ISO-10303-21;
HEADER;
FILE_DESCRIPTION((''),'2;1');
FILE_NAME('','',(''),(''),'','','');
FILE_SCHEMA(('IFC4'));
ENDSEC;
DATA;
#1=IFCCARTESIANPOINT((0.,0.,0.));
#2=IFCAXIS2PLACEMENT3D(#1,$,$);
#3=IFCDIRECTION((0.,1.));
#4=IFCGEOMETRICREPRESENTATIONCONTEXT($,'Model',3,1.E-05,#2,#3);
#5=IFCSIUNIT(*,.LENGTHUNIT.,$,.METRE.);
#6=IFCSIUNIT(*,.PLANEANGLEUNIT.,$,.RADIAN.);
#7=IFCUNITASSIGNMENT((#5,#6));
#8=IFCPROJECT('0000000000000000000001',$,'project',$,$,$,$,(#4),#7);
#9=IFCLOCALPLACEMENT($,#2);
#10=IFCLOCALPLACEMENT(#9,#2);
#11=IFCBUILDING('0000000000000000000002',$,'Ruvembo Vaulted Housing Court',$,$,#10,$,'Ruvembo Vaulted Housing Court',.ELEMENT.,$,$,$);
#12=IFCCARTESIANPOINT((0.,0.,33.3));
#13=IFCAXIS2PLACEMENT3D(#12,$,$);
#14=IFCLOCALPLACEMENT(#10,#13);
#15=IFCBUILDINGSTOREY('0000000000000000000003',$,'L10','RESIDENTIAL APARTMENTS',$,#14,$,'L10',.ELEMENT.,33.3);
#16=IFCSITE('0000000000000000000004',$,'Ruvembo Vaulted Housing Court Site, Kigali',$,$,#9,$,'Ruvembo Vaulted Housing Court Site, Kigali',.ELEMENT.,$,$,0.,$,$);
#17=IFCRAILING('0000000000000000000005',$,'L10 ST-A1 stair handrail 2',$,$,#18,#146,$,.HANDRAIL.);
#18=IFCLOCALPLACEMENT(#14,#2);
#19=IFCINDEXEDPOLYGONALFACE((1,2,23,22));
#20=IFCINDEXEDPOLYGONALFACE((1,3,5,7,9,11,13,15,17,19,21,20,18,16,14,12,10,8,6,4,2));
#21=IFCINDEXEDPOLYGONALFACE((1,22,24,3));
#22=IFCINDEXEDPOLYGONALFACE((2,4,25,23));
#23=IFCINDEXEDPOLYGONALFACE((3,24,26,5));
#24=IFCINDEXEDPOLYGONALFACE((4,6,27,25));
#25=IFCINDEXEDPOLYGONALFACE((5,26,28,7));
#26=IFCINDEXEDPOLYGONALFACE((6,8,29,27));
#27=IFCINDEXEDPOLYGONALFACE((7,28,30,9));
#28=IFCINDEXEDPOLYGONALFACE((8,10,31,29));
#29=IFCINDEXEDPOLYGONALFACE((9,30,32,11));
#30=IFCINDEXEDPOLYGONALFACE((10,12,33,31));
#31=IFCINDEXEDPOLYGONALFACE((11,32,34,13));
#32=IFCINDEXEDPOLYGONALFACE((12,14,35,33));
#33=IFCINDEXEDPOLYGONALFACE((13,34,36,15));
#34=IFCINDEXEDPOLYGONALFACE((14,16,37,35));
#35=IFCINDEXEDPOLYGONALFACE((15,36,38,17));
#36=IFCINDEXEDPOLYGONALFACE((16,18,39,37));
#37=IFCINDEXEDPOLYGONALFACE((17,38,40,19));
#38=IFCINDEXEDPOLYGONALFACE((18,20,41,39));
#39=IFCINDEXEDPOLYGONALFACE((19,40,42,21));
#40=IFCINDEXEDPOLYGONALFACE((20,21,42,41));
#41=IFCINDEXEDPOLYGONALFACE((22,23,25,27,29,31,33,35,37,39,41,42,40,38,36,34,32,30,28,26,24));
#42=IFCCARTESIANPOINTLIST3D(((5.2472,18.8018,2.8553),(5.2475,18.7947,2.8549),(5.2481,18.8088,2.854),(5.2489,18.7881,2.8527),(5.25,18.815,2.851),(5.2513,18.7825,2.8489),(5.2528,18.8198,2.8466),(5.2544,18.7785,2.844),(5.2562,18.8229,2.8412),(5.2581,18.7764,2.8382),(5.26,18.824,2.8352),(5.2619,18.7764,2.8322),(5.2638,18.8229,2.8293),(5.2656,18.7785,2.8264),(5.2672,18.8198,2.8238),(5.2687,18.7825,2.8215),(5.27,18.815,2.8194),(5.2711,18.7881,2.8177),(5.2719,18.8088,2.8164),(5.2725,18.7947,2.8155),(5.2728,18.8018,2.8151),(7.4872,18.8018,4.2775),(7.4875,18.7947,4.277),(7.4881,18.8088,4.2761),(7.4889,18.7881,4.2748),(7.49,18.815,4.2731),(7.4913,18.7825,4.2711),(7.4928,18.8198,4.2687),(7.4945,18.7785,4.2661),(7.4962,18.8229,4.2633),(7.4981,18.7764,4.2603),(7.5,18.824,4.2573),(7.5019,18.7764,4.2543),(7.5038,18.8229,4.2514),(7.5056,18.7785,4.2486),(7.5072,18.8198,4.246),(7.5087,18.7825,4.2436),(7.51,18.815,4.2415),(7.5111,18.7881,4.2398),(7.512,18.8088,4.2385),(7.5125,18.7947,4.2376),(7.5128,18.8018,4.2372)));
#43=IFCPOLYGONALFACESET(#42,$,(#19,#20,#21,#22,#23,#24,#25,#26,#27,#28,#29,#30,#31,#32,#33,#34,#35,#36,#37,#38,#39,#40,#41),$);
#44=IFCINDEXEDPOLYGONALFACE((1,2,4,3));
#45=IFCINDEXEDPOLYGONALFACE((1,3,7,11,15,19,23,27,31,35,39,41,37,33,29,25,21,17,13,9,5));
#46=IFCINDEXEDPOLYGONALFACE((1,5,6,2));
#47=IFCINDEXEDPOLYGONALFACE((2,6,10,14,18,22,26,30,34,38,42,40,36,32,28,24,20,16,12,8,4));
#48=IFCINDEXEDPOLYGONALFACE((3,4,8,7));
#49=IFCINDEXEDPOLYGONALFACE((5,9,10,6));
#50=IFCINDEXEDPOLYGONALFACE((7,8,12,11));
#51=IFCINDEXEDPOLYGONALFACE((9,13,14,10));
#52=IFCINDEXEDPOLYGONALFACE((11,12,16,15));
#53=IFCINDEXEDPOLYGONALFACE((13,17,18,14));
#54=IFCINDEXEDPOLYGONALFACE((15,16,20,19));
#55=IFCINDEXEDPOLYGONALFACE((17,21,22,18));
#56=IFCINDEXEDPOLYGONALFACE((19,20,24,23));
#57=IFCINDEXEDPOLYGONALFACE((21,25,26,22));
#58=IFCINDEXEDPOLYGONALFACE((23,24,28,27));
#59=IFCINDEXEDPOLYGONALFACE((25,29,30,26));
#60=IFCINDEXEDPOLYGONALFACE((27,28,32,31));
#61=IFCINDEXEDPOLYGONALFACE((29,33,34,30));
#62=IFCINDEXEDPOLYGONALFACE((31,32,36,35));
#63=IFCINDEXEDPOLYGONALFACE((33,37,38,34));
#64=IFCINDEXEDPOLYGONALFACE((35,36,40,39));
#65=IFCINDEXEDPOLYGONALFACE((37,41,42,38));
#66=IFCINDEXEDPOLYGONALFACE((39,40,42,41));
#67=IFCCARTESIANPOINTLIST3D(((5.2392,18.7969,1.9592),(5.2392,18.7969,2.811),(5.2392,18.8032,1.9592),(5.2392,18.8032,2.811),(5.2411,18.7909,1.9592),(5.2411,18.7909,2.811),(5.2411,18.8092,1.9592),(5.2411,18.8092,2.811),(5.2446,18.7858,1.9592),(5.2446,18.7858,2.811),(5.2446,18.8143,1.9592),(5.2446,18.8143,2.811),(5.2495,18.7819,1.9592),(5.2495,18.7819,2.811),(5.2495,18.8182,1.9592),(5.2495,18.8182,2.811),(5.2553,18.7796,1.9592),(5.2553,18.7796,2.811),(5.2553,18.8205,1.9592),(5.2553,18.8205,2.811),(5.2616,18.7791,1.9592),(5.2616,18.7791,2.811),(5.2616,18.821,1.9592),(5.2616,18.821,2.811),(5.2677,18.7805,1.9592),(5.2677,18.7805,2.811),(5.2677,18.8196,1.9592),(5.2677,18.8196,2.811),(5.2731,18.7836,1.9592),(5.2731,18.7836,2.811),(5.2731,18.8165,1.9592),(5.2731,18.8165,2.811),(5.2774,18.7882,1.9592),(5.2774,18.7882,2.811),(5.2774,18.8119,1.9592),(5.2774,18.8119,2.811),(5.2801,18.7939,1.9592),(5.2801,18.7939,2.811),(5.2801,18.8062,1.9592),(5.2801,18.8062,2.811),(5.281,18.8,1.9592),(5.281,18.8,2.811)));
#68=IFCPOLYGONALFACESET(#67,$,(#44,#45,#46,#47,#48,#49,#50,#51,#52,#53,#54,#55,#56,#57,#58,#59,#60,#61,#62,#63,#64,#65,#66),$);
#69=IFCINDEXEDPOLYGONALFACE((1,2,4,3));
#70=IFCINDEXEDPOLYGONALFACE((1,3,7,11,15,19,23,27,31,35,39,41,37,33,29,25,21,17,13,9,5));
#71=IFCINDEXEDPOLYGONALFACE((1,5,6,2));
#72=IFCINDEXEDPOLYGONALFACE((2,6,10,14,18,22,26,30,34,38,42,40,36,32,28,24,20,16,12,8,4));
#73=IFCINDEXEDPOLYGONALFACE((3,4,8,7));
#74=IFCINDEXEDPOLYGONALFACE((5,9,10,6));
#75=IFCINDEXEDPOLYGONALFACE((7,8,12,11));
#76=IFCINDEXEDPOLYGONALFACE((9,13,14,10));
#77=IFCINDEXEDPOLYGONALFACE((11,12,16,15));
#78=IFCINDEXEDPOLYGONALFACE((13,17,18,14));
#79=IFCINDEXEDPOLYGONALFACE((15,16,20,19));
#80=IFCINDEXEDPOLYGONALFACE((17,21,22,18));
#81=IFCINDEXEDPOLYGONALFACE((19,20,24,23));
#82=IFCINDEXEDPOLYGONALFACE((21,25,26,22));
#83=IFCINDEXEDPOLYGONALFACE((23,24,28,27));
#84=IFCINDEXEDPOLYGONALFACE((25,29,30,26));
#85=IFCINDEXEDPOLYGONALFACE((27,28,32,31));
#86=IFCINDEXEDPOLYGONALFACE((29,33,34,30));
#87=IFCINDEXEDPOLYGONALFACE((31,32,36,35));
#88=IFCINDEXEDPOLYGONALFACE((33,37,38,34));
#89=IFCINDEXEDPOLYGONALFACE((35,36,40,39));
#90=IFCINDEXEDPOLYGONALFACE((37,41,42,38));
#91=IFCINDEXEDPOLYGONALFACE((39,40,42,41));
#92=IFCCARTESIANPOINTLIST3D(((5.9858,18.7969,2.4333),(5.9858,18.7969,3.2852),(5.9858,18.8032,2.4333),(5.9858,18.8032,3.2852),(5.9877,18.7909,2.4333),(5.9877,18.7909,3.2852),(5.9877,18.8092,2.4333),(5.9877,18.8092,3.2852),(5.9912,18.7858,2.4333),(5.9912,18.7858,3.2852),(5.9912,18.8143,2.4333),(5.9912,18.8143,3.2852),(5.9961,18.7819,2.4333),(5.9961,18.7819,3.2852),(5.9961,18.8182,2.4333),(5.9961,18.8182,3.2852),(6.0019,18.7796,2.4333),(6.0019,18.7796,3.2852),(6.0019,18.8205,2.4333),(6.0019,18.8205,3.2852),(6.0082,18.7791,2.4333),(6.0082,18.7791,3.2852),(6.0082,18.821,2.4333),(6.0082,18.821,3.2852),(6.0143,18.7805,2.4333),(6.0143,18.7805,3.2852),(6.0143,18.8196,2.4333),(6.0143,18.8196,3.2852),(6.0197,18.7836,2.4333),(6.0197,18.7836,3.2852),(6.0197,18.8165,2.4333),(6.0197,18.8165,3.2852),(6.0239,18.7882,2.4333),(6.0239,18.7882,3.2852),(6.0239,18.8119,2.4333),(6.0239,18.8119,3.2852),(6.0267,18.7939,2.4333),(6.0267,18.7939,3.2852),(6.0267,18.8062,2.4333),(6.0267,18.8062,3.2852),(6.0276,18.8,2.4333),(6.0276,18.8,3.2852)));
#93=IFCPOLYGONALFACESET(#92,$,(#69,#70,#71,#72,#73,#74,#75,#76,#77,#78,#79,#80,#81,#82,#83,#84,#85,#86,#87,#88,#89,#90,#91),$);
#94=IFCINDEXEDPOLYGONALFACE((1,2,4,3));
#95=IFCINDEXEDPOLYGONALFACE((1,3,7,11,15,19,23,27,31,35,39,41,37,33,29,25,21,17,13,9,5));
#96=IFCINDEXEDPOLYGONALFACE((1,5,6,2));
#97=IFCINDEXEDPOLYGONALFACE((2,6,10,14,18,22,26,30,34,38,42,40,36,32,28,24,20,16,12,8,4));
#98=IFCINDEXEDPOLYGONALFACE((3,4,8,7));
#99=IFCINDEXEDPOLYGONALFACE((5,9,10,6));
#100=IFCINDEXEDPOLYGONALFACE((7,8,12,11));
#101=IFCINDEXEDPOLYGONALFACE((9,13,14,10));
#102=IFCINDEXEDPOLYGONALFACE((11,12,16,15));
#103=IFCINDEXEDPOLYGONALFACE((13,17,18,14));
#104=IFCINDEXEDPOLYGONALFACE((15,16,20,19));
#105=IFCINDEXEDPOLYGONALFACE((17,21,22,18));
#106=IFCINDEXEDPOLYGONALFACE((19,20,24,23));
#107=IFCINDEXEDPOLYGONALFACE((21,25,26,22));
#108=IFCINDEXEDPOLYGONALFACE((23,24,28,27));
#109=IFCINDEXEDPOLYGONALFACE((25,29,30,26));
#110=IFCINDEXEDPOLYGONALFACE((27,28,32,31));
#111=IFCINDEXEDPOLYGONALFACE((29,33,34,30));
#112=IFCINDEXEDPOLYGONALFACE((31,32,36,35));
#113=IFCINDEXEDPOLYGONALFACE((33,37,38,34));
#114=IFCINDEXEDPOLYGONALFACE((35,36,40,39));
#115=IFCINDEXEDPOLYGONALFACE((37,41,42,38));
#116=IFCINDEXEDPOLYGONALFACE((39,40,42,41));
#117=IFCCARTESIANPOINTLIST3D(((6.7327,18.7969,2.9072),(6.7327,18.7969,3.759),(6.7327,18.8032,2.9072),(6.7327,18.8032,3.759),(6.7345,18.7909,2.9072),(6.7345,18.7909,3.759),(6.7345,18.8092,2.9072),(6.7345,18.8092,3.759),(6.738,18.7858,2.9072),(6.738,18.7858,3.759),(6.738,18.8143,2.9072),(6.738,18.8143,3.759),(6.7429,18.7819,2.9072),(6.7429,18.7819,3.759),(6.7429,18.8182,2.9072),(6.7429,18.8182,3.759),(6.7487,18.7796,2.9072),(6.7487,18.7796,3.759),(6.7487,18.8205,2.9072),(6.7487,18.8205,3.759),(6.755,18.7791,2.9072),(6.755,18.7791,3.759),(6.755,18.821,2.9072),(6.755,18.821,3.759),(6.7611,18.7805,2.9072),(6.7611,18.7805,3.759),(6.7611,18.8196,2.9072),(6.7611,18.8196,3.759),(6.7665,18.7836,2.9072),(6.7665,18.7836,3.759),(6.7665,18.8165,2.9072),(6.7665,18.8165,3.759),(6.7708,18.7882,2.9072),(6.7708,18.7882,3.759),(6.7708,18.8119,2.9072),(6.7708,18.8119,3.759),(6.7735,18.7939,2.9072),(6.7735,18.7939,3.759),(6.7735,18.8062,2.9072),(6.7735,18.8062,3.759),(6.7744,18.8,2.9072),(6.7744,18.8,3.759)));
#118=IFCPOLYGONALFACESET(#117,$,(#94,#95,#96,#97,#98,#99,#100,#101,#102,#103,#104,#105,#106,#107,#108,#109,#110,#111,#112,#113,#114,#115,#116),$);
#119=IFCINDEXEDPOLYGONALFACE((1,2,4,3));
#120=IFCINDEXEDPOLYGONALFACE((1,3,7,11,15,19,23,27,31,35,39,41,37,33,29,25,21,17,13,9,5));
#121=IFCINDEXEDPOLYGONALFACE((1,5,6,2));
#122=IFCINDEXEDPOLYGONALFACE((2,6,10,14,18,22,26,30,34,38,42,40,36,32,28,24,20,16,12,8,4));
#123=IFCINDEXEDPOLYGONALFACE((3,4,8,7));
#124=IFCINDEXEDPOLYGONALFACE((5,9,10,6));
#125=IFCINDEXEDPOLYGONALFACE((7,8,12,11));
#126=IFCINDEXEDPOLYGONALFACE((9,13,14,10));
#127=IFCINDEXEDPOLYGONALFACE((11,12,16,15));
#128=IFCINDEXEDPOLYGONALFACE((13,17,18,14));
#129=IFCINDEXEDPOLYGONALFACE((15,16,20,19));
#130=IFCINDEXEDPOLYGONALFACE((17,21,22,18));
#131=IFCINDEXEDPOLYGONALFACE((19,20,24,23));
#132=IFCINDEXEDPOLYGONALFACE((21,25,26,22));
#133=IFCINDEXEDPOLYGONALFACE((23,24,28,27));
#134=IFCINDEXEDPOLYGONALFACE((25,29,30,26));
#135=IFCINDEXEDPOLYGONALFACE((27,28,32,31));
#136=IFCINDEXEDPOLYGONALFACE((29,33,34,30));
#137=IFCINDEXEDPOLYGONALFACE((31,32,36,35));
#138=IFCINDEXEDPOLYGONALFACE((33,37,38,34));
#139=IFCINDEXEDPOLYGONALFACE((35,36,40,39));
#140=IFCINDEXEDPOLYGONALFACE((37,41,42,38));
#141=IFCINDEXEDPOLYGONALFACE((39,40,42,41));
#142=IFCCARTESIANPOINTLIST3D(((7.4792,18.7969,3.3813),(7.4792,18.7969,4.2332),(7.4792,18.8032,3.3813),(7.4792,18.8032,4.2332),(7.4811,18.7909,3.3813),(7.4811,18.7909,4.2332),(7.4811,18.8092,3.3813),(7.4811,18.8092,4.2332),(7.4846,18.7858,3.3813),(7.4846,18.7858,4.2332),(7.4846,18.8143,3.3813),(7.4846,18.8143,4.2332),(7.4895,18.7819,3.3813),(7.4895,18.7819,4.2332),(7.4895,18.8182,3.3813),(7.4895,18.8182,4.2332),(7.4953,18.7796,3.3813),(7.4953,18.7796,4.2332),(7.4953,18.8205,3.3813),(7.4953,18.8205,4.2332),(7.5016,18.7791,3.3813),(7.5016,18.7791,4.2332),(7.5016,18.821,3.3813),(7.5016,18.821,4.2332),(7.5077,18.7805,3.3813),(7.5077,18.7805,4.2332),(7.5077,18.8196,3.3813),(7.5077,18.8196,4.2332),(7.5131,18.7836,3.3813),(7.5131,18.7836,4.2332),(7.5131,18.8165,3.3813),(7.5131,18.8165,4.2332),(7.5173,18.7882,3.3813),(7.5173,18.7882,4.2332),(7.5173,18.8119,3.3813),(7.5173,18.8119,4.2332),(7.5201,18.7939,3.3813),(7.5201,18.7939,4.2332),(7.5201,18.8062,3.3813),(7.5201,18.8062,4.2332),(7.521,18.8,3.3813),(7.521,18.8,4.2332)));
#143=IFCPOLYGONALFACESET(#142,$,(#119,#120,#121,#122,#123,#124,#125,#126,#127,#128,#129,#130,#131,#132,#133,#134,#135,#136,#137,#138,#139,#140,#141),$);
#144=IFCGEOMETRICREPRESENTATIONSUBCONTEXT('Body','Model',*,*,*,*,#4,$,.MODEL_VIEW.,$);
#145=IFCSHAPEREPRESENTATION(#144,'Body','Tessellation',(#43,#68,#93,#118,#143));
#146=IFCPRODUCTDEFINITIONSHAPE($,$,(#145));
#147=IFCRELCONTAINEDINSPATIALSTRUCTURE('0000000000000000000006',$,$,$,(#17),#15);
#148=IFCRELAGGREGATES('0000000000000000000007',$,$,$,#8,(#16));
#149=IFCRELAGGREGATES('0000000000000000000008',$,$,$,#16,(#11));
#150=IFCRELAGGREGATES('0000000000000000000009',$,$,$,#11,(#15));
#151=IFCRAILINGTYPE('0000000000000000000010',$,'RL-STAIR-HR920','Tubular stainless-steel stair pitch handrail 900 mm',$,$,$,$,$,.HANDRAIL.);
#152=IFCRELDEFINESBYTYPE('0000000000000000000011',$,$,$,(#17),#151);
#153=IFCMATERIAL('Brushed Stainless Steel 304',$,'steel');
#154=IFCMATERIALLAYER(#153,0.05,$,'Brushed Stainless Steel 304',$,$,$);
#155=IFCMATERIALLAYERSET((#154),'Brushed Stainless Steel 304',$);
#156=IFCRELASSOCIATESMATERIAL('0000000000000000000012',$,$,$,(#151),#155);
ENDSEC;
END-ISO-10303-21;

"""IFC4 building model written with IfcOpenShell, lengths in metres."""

from ifc_helpers import new_model, si_unit, direction, frame, origin, origin_2d, place, context, subcontext, project, spatial, circle, extrude, material, layer, layer_set, type_object, element, save


model = new_model("IFC4")

# Units and contexts
model_context = context("Model", 3, precision=1e-05, world=origin(), true_north=direction((0.0, 1.0)))
body_context = subcontext(model_context, "Body", "Model", "MODEL_VIEW")
ifc_project = project(units=[si_unit("LENGTHUNIT", "METRE"), si_unit("PLANEANGLEUNIT", "RADIAN")], contexts=[model_context])

# Site, building, storey
site_placement = place(None, origin())
site = spatial("IfcSite", under=ifc_project, at=site_placement, Name="Ruvembo Vaulted Housing Court Site, Kigali", LongName="Ruvembo Vaulted Housing Court Site, Kigali", CompositionType="ELEMENT", RefElevation=0.0)
building_placement = place(site_placement, origin())
building = spatial("IfcBuilding", under=site, at=building_placement, Name="Ruvembo Vaulted Housing Court", LongName="Ruvembo Vaulted Housing Court", CompositionType="ELEMENT")
storey_placement = place(building_placement, frame((0.0, 0.0, 33.3)))
storey = spatial("IfcBuildingStorey", under=building, at=storey_placement, Name="L10", Description="RESIDENTIAL APARTMENTS", LongName="L10", CompositionType="ELEMENT", Elevation=33.3)

# Railing
ifc_material_1 = material(Name="Brushed Stainless Steel 304", Category="steel")
ifc_layer_1 = layer(ifc_material_1, 0.05, Name="Brushed Stainless Steel 304")
ifc_layer_set_1 = layer_set([ifc_layer_1], Name="Brushed Stainless Steel 304")
railing_type_1 = type_object("IfcRailingType", Name="RL-STAIR-HR920", Description="Tubular stainless-steel stair pitch handrail 900 mm", PredefinedType="HANDRAIL", material=ifc_layer_set_1)
railing_1_placement = place(storey_placement, frame((5.26, 18.8, 1.9592)))
element("IfcRailing", 1, at=railing_1_placement, inside=storey, type_object=railing_type_1, Name="L10 ST-A1 stair handrail 2", PredefinedType="HANDRAIL", context=body_context, shape_type="SweptSolid", body=[
    extrude(circle(Radius=0.0239, at=origin_2d()), frame((0.0, 0.0, 0.876), z_axis=(0.844229, 0.0, 0.535982), x_axis=(0.0, 1.0, 0.0)), (0.0, 0.0, 1.0), 2.6533),
    extrude(circle(Radius=0.021, at=origin_2d()), origin(), (0.0, 0.0, 1.0), 0.8518),
    extrude(circle(Radius=0.021, at=origin_2d()), frame((0.7466, 0.0, 0.4741)), (0.0, 0.0, 1.0), 0.8518),
    extrude(circle(Radius=0.021, at=origin_2d()), frame((1.4934, 0.0, 0.948)), (0.0, 0.0, 1.0), 0.8518),
    extrude(circle(Radius=0.021, at=origin_2d()), frame((2.24, 0.0, 1.4221)), (0.0, 0.0, 1.0), 0.8518),
])

save(model, "model.ifc")
